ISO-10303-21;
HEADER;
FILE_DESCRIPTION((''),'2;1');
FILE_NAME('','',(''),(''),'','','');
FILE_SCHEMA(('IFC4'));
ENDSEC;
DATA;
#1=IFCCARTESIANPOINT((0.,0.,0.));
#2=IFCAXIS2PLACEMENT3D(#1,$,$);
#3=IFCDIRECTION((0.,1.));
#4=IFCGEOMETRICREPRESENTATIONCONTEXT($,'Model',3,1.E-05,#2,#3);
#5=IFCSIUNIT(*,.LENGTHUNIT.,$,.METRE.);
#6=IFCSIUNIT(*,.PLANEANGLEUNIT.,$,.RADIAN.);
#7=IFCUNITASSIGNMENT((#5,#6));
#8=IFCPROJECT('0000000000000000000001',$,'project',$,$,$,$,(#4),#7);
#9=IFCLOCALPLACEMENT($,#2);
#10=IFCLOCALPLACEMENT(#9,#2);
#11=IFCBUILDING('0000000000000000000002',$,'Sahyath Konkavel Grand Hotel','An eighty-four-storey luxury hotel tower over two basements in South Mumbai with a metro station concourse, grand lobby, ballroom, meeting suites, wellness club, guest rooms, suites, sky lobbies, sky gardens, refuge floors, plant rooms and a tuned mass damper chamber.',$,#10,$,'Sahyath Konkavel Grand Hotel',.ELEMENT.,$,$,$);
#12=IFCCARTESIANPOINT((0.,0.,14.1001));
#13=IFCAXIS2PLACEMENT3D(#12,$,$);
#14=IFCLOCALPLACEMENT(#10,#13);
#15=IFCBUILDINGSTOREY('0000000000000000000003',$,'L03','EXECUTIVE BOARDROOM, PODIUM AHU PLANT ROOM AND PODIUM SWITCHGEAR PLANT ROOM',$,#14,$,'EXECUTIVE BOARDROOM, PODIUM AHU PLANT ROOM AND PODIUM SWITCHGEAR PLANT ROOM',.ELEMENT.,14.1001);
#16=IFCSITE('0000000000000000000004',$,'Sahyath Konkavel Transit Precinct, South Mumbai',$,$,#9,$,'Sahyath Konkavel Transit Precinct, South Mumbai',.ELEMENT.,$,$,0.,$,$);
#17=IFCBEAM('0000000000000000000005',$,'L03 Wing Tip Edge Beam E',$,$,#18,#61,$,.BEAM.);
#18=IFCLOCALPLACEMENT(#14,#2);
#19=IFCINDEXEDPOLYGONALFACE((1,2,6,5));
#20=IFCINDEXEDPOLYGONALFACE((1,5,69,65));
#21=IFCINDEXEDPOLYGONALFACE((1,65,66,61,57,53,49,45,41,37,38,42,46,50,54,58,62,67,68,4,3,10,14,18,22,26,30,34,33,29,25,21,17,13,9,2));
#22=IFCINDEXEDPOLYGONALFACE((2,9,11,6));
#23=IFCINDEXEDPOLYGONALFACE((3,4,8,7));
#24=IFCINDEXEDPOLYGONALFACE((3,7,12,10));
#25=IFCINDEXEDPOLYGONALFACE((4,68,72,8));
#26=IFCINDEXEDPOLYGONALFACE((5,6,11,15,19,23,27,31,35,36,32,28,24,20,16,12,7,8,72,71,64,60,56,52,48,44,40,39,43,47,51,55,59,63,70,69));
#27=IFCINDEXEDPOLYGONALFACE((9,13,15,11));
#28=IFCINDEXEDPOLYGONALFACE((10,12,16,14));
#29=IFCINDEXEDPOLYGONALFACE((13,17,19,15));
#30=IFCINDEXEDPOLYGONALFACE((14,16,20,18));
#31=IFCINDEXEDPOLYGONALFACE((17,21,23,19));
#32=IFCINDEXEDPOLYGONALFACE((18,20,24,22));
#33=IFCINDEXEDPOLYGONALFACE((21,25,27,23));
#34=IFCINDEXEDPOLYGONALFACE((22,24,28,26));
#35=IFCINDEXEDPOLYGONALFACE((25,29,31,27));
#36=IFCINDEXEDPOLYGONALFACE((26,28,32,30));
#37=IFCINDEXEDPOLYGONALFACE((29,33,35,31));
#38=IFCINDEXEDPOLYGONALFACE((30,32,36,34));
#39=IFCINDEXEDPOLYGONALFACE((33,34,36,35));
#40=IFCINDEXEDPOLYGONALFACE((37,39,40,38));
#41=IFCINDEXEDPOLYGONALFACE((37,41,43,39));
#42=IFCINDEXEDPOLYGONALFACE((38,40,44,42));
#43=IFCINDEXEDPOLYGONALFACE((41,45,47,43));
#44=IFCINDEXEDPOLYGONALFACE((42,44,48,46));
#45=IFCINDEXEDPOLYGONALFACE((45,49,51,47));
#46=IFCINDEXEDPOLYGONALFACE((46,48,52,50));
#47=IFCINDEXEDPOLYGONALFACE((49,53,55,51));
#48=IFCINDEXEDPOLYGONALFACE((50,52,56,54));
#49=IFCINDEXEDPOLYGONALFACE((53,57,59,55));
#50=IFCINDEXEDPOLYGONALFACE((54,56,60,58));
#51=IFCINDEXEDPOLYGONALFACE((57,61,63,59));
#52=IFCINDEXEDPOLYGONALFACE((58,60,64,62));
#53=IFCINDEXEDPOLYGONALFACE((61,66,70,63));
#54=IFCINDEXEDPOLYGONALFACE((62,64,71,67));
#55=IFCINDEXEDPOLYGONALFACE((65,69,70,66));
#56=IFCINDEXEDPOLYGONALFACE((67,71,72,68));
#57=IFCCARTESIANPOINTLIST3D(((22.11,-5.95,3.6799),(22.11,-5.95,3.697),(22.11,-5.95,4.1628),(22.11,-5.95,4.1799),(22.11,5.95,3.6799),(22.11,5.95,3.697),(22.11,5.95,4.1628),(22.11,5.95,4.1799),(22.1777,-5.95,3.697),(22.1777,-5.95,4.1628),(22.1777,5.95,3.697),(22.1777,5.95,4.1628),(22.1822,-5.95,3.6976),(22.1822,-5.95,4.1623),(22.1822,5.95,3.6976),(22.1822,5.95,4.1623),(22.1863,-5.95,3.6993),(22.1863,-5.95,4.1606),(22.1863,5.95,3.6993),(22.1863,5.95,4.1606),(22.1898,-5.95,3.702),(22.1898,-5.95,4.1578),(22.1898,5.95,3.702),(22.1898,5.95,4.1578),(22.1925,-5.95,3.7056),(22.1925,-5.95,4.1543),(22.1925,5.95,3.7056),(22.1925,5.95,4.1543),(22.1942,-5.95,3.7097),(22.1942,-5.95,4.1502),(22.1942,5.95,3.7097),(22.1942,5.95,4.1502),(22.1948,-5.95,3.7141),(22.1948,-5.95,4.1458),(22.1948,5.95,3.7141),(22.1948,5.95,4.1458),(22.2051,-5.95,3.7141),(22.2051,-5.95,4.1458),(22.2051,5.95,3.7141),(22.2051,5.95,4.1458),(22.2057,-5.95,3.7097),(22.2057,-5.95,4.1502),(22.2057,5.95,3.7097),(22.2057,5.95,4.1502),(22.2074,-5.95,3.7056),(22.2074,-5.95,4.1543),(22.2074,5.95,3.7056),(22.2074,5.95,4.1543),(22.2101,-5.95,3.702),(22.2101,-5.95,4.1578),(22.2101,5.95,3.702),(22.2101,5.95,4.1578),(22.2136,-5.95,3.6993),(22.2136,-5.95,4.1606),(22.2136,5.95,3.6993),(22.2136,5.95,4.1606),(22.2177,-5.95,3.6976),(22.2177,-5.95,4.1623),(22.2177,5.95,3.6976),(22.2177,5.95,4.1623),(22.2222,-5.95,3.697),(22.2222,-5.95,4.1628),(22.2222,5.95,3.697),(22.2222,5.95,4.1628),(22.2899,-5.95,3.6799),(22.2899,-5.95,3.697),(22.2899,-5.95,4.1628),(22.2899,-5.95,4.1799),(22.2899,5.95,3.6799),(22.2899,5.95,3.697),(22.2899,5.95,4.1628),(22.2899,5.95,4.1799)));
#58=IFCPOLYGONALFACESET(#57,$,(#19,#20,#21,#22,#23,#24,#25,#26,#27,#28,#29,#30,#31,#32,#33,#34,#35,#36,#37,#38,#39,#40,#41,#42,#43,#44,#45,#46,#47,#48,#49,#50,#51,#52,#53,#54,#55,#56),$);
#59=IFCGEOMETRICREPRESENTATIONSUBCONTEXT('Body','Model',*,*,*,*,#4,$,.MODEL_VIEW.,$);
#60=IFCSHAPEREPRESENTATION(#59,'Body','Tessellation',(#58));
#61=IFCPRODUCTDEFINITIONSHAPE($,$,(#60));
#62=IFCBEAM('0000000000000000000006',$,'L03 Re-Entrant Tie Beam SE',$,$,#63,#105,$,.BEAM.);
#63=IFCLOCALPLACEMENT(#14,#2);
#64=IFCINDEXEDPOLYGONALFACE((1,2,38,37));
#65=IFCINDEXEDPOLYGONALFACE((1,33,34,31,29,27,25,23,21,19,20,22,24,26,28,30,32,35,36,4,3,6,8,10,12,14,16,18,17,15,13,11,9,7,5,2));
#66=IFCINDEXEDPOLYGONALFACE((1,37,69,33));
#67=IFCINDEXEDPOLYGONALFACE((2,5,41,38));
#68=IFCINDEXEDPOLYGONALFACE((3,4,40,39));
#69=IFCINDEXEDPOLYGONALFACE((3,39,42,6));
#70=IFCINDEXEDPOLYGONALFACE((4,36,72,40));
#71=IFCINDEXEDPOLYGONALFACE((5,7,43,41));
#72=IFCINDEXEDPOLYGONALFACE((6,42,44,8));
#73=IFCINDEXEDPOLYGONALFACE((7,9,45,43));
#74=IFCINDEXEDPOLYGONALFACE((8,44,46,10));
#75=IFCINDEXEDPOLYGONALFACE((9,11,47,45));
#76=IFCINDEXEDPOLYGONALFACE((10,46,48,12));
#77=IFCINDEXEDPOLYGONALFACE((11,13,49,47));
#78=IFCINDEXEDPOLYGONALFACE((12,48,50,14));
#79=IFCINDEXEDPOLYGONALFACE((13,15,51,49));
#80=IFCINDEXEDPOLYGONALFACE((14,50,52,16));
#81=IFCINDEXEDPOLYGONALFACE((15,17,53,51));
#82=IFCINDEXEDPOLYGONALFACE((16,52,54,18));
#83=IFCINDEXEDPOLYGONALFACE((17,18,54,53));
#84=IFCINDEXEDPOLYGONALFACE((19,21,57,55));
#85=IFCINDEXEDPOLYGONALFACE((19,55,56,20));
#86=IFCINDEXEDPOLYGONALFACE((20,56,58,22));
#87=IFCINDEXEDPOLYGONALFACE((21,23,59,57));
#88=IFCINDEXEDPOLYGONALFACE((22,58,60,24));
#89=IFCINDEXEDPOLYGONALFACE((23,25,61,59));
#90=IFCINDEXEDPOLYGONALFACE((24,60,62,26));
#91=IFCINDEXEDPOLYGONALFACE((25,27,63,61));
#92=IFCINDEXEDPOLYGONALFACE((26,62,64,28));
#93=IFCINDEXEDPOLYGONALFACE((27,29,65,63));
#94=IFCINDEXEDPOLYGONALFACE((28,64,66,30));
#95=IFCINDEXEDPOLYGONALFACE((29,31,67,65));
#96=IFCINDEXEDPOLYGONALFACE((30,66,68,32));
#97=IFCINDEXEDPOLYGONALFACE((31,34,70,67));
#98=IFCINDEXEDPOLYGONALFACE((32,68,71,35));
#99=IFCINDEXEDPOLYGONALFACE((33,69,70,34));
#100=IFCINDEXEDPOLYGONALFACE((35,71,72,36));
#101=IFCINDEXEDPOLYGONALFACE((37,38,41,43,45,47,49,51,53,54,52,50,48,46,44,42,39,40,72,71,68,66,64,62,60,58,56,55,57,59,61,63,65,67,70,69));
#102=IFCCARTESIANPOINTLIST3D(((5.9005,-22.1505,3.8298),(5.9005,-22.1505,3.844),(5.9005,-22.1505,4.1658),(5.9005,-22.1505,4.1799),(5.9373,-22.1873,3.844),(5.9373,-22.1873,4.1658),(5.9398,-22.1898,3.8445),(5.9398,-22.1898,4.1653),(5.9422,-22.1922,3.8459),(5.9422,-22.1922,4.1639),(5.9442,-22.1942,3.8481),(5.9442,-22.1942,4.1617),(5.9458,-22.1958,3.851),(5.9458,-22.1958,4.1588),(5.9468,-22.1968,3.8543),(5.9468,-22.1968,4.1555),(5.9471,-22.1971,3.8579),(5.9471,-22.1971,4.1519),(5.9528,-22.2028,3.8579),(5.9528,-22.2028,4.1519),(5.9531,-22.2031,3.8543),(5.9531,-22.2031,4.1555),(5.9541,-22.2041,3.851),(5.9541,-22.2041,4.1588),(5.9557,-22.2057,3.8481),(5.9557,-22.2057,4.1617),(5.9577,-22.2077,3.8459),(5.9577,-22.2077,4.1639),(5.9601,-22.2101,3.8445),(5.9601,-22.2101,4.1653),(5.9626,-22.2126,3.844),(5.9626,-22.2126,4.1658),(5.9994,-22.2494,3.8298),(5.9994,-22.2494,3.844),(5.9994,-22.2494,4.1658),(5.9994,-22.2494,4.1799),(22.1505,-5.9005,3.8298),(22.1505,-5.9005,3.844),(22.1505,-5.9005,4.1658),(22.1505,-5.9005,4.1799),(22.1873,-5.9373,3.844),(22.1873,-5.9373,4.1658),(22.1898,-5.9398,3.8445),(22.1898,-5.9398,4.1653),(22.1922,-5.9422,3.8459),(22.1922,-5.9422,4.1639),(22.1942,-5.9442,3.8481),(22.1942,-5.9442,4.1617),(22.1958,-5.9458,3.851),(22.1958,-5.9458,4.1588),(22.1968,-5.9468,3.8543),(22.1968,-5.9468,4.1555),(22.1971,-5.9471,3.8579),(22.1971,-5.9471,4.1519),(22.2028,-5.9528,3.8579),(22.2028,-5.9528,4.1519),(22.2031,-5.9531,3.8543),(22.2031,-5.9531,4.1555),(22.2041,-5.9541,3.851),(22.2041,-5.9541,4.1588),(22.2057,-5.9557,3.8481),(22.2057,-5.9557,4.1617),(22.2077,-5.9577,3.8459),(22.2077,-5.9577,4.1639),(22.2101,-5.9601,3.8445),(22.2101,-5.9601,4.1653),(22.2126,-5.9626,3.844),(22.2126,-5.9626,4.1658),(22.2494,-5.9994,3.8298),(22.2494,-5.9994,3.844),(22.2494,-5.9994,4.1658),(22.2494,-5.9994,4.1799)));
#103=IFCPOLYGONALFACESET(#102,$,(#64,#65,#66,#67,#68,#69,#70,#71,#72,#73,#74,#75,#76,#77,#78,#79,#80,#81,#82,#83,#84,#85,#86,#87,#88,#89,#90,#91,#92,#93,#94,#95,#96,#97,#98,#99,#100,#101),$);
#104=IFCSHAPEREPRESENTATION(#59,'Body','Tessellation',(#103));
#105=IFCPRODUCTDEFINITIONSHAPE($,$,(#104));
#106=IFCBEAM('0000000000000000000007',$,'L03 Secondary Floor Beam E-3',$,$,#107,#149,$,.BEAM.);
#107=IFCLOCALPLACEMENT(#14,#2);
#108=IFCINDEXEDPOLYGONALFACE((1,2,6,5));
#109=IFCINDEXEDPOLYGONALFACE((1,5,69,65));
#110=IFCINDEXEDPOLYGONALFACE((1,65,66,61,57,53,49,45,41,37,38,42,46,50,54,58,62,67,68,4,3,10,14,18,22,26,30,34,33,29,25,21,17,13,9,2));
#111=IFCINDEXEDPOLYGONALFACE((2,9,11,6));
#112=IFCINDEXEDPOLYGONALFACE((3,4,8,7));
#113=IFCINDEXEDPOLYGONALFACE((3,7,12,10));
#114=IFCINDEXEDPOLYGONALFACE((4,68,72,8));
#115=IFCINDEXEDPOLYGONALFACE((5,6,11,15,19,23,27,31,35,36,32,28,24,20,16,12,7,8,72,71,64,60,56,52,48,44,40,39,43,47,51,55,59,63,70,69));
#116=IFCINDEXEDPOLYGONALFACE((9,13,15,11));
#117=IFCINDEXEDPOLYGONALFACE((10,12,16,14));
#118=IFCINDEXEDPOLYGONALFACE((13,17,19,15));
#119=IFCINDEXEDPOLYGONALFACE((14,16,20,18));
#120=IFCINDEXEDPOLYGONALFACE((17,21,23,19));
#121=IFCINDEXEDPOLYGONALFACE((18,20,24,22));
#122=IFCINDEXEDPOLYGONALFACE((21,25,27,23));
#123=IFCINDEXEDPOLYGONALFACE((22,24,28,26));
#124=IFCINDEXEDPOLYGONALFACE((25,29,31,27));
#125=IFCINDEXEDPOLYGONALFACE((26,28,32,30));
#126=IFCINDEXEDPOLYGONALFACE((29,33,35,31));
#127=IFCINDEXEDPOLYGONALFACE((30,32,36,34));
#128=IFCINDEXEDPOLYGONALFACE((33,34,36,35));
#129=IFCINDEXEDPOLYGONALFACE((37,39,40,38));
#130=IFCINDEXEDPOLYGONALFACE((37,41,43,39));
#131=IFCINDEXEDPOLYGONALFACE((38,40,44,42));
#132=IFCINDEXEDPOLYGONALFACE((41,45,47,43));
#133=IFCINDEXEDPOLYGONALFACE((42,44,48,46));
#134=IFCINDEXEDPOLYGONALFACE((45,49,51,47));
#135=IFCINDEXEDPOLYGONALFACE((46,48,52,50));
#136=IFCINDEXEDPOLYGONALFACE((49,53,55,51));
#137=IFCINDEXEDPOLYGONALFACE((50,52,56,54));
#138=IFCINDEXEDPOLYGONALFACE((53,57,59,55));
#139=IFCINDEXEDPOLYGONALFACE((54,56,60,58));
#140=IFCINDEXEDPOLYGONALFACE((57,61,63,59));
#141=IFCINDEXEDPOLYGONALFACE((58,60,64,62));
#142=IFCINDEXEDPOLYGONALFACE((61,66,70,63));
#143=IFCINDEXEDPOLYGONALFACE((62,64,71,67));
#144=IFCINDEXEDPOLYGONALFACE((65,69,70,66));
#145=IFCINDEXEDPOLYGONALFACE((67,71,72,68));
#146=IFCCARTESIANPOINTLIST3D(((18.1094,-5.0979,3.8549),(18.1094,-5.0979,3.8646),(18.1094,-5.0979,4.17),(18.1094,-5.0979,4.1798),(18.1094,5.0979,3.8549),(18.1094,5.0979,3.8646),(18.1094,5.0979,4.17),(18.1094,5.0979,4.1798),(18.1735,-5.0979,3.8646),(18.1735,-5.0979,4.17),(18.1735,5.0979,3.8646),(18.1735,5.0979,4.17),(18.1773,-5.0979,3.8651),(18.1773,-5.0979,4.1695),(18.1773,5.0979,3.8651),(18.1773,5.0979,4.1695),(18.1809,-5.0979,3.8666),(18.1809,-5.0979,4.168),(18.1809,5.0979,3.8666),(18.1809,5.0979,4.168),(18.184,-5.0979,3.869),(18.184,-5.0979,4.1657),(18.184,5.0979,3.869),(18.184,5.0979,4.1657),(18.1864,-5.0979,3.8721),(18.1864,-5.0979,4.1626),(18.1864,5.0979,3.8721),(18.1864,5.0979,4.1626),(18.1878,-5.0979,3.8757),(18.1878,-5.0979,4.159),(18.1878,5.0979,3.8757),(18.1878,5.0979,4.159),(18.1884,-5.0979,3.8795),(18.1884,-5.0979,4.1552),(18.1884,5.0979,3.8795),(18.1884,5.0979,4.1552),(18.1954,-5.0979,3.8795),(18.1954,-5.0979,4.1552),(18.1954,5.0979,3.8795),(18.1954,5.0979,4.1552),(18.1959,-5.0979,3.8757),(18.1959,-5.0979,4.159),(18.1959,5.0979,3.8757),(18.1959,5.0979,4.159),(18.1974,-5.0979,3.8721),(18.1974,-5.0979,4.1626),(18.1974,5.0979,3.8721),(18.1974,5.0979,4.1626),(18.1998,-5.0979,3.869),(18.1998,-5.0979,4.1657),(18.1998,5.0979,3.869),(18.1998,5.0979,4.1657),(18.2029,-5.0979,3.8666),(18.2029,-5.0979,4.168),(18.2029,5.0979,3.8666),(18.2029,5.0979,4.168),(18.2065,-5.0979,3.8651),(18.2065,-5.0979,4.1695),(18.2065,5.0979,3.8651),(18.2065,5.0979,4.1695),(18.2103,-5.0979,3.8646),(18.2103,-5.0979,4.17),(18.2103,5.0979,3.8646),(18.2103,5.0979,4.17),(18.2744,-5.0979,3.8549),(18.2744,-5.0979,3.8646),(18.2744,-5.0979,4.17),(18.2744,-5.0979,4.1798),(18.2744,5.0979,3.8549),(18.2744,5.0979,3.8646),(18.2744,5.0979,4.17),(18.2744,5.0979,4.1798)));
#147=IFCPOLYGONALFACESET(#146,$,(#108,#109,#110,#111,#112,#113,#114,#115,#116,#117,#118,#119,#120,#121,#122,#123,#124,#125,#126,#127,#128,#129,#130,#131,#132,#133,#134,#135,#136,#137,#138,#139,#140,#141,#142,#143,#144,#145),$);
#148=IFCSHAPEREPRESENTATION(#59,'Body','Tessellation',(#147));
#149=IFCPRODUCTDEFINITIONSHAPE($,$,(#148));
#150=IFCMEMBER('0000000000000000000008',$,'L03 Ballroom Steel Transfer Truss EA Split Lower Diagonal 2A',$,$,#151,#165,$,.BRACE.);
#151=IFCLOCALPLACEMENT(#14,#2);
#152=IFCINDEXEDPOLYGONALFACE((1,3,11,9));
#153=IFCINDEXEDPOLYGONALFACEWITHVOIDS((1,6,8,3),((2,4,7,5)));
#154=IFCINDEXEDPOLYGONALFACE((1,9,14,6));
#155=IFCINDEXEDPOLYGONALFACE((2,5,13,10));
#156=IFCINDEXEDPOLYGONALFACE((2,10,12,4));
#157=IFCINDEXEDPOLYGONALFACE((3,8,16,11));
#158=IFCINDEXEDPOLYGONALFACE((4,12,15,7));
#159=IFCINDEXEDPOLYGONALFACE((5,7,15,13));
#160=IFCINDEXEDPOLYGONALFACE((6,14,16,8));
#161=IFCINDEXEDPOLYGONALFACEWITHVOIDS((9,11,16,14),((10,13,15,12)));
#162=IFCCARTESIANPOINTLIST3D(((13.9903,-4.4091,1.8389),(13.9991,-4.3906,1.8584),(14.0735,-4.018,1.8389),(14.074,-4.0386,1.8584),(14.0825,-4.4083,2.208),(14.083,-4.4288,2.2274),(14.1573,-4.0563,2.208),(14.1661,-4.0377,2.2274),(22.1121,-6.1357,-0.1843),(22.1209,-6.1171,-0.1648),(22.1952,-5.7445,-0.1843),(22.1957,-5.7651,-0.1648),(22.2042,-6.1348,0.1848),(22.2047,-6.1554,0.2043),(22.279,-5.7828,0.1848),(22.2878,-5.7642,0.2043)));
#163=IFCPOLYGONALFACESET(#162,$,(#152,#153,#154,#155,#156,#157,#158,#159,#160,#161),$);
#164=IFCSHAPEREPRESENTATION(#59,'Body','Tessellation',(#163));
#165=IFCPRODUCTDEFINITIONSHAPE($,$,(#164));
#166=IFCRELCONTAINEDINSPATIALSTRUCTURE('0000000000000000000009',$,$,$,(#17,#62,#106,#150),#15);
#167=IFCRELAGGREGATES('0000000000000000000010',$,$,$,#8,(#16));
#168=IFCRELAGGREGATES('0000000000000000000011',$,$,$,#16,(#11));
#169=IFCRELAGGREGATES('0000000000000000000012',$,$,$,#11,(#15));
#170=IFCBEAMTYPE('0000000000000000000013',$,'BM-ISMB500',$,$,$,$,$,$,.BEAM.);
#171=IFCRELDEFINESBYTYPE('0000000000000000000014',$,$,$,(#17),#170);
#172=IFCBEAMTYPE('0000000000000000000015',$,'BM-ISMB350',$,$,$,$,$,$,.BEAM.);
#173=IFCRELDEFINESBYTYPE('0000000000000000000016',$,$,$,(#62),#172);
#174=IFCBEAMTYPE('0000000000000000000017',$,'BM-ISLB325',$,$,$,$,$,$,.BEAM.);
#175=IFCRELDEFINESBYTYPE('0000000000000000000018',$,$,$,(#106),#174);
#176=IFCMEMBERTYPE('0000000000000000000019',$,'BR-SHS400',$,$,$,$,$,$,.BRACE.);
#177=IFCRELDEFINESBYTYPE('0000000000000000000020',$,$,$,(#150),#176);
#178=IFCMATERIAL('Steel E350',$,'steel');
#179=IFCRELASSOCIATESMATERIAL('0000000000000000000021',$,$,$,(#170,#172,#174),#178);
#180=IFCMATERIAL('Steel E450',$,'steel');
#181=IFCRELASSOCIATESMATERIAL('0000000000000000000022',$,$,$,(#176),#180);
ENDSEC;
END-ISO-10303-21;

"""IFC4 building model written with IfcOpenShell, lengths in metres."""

from ifc_helpers import new_model, si_unit, direction, frame, origin, origin_2d, place, context, subcontext, project, spatial, hollow_rectangle, i_section, extrude, source, transform, mapped, material, material_profile, profile_set, type_object, element, save


model = new_model("IFC4")

# Units and contexts
model_context = context("Model", 3, precision=1e-05, world=origin(), true_north=direction((0.0, 1.0)))
body_context = subcontext(model_context, "Body", "Model", "MODEL_VIEW")
ifc_project = project(units=[si_unit("LENGTHUNIT", "METRE"), si_unit("PLANEANGLEUNIT", "RADIAN")], contexts=[model_context])

# Site, building, storey
site_placement = place(None, origin())
site = spatial("IfcSite", under=ifc_project, at=site_placement, Name="Sahyath Konkavel Transit Precinct, South Mumbai", LongName="Sahyath Konkavel Transit Precinct, South Mumbai", CompositionType="ELEMENT", RefElevation=0.0)
building_placement = place(site_placement, origin())
building = spatial("IfcBuilding", under=site, at=building_placement, Name="Sahyath Konkavel Grand Hotel", Description="An eighty-four-storey luxury hotel tower over two basements in South Mumbai with a metro station concourse, grand lobby, ballroom, meeting suites, wellness club, guest rooms, suites, sky lobbies, sky gardens, refuge floors, plant rooms and a tuned mass damper chamber.", LongName="Sahyath Konkavel Grand Hotel", CompositionType="ELEMENT")
storey_placement = place(building_placement, frame((0.0, 0.0, 14.1001)))
storey = spatial("IfcBuildingStorey", under=building, at=storey_placement, Name="L03", Description="EXECUTIVE BOARDROOM, PODIUM AHU PLANT ROOM AND PODIUM SWITCHGEAR PLANT ROOM", LongName="EXECUTIVE BOARDROOM, PODIUM AHU PLANT ROOM AND PODIUM SWITCHGEAR PLANT ROOM", CompositionType="ELEMENT", Elevation=14.1001)

# Shared definitions
ifc_material_1 = material(Name="Steel E450", Category="steel")
ifc_material_2 = material(Name="Steel E350", Category="steel")

# Beams
ifc_material_profile_1 = material_profile(ifc_material_2, i_section(OverallWidth=0.1799, OverallDepth=0.5, WebThickness=0.0103, FlangeThickness=0.0171, FilletRadius=0.0171, at=origin_2d()), Name="ISMB 500")
ifc_profile_set_1 = profile_set([ifc_material_profile_1], Name="Steel E350")
beam_type_1 = type_object("IfcBeamType", Name="BM-ISMB500", PredefinedType="BEAM", material=ifc_profile_set_1)
shared_shape_1 = source(origin(), body_context, "Body", "SweptSolid", [
    extrude(i_section(OverallWidth=0.1799, OverallDepth=0.5, WebThickness=0.0103, FlangeThickness=0.0171, FilletRadius=0.0171, at=origin_2d()), origin(), (0.0, 0.0, 1.0), 11.8999),
])
beam_1_placement = place(storey_placement, frame((22.2, -5.95, 3.9299), z_axis=(0.0, 1.0, 0.0), x_axis=(-1.0, 0.0, 0.0)))
element("IfcBeam", 1, at=beam_1_placement, inside=storey, type_object=beam_type_1, Name="L03 Wing Tip Edge Beam E", PredefinedType="BEAM", context=body_context, shape_type="MappedRepresentation", body=[
    mapped(shared_shape_1, transform((0.0, 0.0, 0.0), scale=1.0)),
])
ifc_material_profile_2 = material_profile(ifc_material_2, i_section(OverallWidth=0.1399, OverallDepth=0.3501, WebThickness=0.0081, FlangeThickness=0.0142, FilletRadius=0.0139, at=origin_2d()), Name="ISMB 350")
ifc_profile_set_2 = profile_set([ifc_material_profile_2], Name="Steel E350")
beam_type_2 = type_object("IfcBeamType", Name="BM-ISMB350", PredefinedType="BEAM", material=ifc_profile_set_2)
shared_shape_2 = source(origin(), body_context, "Body", "SweptSolid", [
    extrude(i_section(OverallWidth=0.1399, OverallDepth=0.3501, WebThickness=0.0081, FlangeThickness=0.0142, FilletRadius=0.0139, at=origin_2d()), origin(), (0.0, 0.0, 1.0), 22.981),
])
beam_2_placement = place(storey_placement, frame((22.2, -5.95, 4.0049), z_axis=(-0.707107, -0.707107, 0.0), x_axis=(0.707107, -0.707107, 0.0)))
element("IfcBeam", 2, at=beam_2_placement, inside=storey, type_object=beam_type_2, Name="L03 Re-Entrant Tie Beam SE", PredefinedType="BEAM", context=body_context, shape_type="MappedRepresentation", body=[
    mapped(shared_shape_2, transform((0.0, 0.0, 0.0), scale=1.0)),
])
ifc_material_profile_3 = material_profile(ifc_material_2, i_section(OverallWidth=0.165, OverallDepth=0.325, WebThickness=0.0071, FlangeThickness=0.0098, FilletRadius=0.0149, at=origin_2d()), Name="ISLB 325")
ifc_profile_set_3 = profile_set([ifc_material_profile_3], Name="Steel E350")
beam_type_3 = type_object("IfcBeamType", Name="BM-ISLB325", PredefinedType="BEAM", material=ifc_profile_set_3)
shared_shape_3 = source(origin(), body_context, "Body", "SweptSolid", [
    extrude(i_section(OverallWidth=0.165, OverallDepth=0.325, WebThickness=0.0071, FlangeThickness=0.0098, FilletRadius=0.0149, at=origin_2d()), origin(), (0.0, 0.0, 1.0), 10.1958),
])
beam_3_placement = place(storey_placement, frame((18.1919, -5.0979, 4.0173), z_axis=(0.0, 1.0, 0.0), x_axis=(-1.0, 0.0, 0.0)))
element("IfcBeam", 3, at=beam_3_placement, inside=storey, type_object=beam_type_3, Name="L03 Secondary Floor Beam E-3", PredefinedType="BEAM", context=body_context, shape_type="MappedRepresentation", body=[
    mapped(shared_shape_3, transform((0.0, 0.0, 0.0), scale=1.0)),
])

# Member
ifc_material_profile_4 = material_profile(ifc_material_1, hollow_rectangle(XDim=0.3999, YDim=0.3999, WallThickness=0.02, at=origin_2d()), Name="SHS 400x400x20")
ifc_profile_set_4 = profile_set([ifc_material_profile_4], Name="Steel E450")
member_type_1 = type_object("IfcMemberType", Name="BR-SHS400", PredefinedType="BRACE", material=ifc_profile_set_4)
shared_shape_4 = source(origin(), body_context, "Body", "SweptSolid", [
    extrude(hollow_rectangle(XDim=0.3999, YDim=0.3999, WallThickness=0.02, at=origin_2d()), origin(), (0.0, 0.0, 1.0), 8.5461),
])
member_1_placement = place(storey_placement, frame((22.2, -5.95, 0.01), z_axis=(-0.950338, 0.202026, 0.236735), x_axis=(-0.207936, -0.978142, 0.0)))
element("IfcMember", 4, at=member_1_placement, inside=storey, type_object=member_type_1, Name="L03 Ballroom Steel Transfer Truss EA Split Lower Diagonal 2A", PredefinedType="BRACE", context=body_context, shape_type="MappedRepresentation", body=[
    mapped(shared_shape_4, transform((0.0, 0.0, 0.0), scale=1.0)),
])

save(model, "model.ifc")
